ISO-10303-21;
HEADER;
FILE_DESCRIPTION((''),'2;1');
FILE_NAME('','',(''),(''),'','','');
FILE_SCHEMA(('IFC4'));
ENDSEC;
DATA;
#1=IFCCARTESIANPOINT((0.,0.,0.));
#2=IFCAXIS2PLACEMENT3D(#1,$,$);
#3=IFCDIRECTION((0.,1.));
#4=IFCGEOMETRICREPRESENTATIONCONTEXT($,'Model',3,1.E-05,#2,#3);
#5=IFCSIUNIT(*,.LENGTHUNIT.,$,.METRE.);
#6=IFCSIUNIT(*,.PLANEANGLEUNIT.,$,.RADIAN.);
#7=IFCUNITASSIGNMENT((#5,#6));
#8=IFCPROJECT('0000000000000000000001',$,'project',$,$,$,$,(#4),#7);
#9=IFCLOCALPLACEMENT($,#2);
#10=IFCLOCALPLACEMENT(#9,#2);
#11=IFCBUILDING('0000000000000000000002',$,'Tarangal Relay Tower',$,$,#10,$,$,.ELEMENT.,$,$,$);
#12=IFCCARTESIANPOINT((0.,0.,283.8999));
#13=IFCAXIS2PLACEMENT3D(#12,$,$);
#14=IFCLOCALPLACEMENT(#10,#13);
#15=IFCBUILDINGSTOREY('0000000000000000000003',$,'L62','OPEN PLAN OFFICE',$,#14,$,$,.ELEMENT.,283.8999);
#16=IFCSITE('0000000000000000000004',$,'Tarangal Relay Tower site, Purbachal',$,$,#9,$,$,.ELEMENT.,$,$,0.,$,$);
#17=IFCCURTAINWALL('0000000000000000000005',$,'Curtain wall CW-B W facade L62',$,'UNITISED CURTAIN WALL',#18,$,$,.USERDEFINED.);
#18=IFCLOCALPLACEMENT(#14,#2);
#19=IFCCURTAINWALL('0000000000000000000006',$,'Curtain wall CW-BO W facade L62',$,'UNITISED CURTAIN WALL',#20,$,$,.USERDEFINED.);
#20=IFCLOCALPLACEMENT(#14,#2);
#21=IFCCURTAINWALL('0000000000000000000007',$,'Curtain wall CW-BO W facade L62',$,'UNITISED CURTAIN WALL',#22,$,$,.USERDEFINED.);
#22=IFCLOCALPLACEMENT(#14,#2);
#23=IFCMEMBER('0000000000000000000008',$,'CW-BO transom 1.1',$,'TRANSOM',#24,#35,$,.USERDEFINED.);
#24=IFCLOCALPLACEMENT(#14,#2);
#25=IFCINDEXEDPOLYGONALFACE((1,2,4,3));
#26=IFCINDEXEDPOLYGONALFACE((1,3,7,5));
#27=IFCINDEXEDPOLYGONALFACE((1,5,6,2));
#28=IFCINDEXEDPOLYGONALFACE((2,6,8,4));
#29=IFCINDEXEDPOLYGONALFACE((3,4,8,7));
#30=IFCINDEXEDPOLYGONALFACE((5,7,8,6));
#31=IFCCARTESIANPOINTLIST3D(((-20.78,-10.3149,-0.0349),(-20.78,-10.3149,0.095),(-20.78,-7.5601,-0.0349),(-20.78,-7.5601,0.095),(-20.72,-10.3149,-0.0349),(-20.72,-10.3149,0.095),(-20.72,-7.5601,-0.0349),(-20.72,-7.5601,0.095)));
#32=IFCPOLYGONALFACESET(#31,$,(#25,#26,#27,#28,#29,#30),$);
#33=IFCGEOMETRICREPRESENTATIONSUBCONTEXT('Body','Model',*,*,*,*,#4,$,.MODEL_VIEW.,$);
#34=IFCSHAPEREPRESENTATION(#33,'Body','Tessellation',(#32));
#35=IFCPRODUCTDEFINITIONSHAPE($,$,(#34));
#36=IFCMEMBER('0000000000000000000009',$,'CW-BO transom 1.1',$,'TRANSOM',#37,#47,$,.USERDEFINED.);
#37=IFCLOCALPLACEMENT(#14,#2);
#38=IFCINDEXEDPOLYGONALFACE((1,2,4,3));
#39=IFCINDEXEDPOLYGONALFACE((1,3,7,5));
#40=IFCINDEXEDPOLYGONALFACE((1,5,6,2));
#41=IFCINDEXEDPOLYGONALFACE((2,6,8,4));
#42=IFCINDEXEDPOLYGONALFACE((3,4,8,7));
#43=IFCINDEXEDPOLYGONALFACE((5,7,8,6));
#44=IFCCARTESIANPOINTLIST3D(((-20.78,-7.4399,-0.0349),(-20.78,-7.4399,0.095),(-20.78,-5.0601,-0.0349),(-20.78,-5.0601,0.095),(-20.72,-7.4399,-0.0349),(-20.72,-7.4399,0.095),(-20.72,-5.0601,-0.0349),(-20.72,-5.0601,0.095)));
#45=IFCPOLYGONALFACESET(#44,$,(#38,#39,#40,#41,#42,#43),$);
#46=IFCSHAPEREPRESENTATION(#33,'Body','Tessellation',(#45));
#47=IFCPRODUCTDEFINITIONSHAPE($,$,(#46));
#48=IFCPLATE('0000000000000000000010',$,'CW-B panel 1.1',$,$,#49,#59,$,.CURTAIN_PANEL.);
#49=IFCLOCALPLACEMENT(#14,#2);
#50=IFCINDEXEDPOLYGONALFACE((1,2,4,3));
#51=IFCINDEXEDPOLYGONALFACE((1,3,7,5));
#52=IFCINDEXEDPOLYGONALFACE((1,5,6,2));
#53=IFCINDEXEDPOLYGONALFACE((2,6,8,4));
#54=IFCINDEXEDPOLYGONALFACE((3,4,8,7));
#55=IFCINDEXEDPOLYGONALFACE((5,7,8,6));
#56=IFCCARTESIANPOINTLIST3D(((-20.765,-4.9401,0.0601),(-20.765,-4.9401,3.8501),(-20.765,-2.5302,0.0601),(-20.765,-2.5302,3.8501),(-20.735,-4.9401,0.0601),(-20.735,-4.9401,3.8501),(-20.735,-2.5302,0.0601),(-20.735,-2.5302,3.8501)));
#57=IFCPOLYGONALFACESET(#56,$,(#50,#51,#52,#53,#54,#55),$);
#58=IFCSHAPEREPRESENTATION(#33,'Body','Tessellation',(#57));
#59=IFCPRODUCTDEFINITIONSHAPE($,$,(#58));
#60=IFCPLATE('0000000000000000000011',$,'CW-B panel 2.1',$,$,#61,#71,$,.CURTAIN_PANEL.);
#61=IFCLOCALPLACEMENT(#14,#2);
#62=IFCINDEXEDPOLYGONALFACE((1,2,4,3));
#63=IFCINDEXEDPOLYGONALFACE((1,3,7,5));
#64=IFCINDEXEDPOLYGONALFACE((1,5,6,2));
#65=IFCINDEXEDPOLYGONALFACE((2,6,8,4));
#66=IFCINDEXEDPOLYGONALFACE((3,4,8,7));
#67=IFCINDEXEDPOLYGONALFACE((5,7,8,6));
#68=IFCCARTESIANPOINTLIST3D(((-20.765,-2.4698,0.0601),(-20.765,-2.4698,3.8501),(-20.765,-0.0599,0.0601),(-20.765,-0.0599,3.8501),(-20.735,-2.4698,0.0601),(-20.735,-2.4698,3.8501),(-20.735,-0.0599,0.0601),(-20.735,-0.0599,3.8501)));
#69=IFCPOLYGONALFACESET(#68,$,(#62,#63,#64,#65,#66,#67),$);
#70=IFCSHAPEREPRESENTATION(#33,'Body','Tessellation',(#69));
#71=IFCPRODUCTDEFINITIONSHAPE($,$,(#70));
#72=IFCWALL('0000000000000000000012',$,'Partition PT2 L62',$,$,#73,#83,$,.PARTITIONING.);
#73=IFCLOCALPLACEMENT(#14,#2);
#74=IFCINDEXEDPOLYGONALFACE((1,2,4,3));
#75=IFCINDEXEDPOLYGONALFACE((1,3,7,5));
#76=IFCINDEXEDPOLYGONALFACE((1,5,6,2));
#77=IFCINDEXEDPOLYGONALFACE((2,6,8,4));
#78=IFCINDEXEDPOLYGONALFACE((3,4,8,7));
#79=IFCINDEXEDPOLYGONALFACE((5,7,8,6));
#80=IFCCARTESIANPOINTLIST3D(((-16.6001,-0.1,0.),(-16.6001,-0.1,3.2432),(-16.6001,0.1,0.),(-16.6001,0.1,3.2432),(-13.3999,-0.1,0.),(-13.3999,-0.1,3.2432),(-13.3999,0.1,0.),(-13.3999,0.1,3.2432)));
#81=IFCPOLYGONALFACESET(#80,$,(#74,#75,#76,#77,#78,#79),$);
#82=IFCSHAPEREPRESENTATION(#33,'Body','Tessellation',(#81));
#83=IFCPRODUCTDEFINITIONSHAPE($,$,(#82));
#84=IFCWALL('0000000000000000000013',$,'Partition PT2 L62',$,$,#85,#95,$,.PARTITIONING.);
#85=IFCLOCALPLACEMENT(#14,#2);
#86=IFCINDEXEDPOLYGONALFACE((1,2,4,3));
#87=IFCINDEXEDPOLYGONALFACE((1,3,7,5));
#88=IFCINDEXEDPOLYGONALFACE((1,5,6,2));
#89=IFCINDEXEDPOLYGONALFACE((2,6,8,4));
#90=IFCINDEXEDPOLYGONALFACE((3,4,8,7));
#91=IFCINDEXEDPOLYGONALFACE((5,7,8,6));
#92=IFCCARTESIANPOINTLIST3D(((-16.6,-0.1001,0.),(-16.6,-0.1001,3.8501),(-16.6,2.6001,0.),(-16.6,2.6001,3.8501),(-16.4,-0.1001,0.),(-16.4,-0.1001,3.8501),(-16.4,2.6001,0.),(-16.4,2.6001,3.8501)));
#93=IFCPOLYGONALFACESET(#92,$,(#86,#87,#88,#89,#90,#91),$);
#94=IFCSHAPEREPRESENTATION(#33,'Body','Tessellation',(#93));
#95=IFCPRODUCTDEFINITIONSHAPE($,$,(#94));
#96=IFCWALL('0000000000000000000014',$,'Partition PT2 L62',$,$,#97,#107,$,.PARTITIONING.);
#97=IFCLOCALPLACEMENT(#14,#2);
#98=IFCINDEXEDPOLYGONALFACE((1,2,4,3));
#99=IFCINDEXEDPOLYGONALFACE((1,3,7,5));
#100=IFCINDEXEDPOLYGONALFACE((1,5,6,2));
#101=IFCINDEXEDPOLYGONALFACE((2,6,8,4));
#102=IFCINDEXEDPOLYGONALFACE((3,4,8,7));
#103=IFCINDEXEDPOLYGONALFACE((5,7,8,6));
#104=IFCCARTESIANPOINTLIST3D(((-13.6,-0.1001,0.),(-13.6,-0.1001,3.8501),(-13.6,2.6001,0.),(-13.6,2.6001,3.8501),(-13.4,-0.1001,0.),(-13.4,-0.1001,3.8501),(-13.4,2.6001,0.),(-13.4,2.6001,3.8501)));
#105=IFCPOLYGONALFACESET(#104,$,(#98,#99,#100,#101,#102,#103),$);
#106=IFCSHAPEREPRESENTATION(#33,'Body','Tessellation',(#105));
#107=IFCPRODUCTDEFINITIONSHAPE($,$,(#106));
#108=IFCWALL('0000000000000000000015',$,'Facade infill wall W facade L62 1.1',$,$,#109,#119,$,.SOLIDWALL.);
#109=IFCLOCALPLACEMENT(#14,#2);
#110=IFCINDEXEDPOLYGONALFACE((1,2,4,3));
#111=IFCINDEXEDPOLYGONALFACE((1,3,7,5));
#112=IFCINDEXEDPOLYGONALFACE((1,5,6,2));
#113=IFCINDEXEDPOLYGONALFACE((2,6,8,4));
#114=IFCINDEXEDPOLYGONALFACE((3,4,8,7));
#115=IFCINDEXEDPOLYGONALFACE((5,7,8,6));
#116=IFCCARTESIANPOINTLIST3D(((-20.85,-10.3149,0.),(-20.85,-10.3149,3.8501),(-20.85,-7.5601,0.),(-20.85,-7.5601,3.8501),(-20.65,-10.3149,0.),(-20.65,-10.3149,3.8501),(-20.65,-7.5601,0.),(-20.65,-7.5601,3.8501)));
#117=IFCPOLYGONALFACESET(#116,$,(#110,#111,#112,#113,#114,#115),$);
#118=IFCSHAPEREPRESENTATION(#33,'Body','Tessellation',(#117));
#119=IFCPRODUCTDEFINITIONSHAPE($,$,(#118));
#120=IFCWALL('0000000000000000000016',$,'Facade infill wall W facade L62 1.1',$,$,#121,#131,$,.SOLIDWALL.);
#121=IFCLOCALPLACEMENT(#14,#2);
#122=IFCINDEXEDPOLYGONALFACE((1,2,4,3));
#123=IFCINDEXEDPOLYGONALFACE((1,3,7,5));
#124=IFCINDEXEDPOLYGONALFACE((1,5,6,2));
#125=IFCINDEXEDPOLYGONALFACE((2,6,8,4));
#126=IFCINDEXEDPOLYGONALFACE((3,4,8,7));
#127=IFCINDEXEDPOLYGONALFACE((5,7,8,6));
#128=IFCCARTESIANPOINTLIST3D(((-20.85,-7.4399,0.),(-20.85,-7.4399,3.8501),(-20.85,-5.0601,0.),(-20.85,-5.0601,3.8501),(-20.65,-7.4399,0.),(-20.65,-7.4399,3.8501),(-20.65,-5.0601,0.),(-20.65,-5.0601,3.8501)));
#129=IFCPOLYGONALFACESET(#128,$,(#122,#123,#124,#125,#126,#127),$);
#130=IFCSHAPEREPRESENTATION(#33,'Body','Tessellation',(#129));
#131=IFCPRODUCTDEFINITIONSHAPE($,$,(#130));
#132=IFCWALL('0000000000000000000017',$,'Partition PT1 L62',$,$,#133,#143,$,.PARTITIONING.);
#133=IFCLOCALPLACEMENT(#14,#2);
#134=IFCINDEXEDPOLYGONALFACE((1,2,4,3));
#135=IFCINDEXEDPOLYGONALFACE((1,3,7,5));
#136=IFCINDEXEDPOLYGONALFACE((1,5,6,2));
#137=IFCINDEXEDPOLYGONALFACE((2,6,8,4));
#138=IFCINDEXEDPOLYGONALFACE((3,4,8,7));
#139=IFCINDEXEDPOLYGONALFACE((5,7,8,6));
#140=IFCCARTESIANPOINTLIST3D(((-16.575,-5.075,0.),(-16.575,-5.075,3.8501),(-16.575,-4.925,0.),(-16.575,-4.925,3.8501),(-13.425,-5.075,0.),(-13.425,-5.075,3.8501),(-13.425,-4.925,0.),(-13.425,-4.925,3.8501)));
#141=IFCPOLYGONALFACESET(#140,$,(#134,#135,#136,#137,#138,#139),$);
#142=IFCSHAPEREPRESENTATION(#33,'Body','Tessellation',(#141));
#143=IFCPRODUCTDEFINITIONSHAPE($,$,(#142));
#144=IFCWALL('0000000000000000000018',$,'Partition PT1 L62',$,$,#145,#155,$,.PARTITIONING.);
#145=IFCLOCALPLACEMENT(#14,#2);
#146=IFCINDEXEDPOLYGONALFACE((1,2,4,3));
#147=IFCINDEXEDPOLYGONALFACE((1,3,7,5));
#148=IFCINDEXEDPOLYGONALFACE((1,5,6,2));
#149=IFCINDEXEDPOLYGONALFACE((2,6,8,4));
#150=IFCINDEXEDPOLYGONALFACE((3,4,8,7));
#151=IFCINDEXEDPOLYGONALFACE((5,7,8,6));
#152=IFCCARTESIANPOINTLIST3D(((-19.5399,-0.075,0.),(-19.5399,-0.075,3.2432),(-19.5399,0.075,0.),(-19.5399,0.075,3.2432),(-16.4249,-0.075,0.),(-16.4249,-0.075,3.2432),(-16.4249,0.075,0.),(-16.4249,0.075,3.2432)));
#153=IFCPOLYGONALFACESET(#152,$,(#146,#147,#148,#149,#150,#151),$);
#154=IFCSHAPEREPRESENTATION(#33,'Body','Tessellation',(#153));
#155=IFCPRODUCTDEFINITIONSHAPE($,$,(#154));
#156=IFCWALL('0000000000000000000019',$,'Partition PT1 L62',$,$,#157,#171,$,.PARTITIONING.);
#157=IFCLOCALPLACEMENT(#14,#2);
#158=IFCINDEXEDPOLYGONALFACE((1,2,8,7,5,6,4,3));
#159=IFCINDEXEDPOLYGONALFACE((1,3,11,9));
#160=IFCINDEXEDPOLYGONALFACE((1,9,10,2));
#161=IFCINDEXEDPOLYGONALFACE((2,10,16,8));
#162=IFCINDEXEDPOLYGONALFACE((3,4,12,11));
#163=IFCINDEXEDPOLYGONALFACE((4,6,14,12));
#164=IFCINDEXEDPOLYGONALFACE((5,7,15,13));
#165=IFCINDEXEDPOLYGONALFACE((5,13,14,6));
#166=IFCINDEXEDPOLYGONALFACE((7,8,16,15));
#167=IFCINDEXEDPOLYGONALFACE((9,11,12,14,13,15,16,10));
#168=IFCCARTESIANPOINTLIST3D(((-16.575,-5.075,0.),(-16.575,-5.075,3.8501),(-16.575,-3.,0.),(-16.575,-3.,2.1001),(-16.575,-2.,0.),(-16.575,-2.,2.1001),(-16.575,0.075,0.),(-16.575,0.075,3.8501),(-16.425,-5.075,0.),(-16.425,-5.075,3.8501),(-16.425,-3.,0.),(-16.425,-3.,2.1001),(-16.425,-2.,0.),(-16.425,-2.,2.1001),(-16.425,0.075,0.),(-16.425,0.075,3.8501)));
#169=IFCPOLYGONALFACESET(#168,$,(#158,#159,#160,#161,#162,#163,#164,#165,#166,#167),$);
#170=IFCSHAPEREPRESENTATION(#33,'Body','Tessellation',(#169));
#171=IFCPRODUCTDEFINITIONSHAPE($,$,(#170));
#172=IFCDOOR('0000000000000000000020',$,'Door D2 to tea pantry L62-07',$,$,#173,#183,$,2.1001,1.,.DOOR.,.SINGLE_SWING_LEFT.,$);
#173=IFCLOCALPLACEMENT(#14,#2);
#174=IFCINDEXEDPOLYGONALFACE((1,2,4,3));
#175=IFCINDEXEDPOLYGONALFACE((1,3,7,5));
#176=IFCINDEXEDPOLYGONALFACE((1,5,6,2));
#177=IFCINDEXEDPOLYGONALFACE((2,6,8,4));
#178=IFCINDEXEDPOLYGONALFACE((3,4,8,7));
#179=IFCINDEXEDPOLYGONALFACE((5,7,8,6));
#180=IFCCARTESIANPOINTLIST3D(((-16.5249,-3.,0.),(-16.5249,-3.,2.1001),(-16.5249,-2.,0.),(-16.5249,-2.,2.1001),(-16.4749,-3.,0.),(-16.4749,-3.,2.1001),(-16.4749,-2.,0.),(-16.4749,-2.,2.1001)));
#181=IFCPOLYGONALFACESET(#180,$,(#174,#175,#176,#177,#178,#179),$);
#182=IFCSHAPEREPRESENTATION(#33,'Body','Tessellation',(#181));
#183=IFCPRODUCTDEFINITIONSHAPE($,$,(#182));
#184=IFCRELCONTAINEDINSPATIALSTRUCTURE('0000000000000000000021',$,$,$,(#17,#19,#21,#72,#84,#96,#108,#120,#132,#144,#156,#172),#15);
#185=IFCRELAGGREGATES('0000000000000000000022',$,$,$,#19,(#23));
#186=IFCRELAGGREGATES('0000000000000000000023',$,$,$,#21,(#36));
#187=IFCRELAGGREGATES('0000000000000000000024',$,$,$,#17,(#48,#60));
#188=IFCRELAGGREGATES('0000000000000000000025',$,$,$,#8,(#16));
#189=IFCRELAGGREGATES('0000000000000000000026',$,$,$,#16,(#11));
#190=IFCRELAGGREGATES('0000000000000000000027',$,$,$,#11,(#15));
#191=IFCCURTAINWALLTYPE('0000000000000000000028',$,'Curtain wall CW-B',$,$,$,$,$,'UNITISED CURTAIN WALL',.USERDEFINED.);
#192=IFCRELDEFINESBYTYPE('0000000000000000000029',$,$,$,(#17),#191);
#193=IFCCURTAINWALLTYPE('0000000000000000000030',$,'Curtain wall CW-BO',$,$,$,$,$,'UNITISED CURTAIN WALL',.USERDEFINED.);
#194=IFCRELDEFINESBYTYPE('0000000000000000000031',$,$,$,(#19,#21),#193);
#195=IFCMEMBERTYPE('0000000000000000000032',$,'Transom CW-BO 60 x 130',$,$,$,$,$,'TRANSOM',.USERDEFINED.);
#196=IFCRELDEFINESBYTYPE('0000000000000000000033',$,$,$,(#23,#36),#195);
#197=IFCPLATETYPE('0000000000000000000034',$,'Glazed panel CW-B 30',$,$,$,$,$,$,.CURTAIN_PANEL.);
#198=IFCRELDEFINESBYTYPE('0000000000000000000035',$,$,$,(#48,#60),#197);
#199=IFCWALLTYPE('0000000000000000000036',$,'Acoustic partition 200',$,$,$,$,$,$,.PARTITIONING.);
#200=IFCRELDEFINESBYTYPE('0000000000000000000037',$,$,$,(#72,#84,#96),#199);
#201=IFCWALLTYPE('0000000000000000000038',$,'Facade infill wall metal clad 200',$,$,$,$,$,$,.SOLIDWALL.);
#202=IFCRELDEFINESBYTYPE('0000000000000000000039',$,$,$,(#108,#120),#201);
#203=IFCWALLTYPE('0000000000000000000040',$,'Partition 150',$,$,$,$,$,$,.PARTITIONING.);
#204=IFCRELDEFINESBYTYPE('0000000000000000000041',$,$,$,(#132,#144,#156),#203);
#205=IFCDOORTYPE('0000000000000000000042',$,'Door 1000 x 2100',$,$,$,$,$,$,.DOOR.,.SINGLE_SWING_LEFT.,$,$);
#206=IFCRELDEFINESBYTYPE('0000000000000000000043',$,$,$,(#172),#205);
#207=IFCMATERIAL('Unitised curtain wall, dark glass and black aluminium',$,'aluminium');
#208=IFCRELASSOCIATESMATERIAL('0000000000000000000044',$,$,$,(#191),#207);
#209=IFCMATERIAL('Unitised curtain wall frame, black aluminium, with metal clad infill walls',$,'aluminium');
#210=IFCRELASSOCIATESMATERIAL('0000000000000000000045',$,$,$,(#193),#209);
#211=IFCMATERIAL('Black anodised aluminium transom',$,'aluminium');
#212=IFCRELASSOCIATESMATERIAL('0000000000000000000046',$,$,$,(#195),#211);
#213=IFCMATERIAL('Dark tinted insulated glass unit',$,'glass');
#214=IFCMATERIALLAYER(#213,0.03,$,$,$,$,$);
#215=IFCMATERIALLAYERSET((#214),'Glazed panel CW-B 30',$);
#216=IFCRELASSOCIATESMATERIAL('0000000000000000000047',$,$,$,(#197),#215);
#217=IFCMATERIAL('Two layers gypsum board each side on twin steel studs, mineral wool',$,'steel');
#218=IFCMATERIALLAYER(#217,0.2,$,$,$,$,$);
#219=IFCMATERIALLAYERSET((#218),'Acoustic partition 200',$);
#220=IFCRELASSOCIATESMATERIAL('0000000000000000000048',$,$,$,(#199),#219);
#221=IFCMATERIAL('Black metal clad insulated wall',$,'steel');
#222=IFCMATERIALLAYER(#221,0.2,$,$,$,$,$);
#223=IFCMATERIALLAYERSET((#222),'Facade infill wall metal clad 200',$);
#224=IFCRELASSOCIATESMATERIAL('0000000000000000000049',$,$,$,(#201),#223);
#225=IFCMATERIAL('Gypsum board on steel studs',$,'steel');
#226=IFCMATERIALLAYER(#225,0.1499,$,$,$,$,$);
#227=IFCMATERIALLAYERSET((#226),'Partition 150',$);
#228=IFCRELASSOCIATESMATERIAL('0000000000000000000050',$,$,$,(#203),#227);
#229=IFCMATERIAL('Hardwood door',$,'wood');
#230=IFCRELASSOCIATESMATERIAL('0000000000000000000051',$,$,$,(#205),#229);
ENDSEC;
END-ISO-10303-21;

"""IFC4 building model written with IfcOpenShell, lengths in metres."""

from ifc_helpers import new_model, si_unit, direction, frame, frame_2d, origin, origin_2d, place, context, subcontext, project, spatial, rectangle, extrude, material, layer, layer_set, material_profile, profile_set, type_object, element, fill, aggregate, save


model = new_model("IFC4")

# Units and contexts
model_context = context("Model", 3, precision=1e-05, world=origin(), true_north=direction((0.0, 1.0)))
body_context = subcontext(model_context, "Body", "Model", "MODEL_VIEW")
ifc_project = project(units=[si_unit("LENGTHUNIT", "METRE"), si_unit("PLANEANGLEUNIT", "RADIAN")], contexts=[model_context])

# Site, building, storey
site_placement = place(None, origin())
site = spatial("IfcSite", under=ifc_project, at=site_placement, Name="Tarangal Relay Tower site, Purbachal", CompositionType="ELEMENT", RefElevation=0.0)
building_placement = place(site_placement, origin())
building = spatial("IfcBuilding", under=site, at=building_placement, Name="Tarangal Relay Tower", CompositionType="ELEMENT")
storey_placement = place(building_placement, frame((0.0, 0.0, 283.8999)))
storey = spatial("IfcBuildingStorey", under=building, at=storey_placement, Name="L62", Description="OPEN PLAN OFFICE", CompositionType="ELEMENT", Elevation=283.8999)

# Curtain wall
ifc_material_1 = material(Name="Unitised curtain wall, dark glass and black aluminium", Category="aluminium")
curtain_wall_type_1 = type_object("IfcCurtainWallType", Name="Curtain wall CW-B", ElementType="UNITISED CURTAIN WALL", PredefinedType="USERDEFINED", material=ifc_material_1)
curtain_wall_1_placement = place(storey_placement, origin())
curtain_wall_1 = element("IfcCurtainWall", 1, at=curtain_wall_1_placement, inside=storey, type_object=curtain_wall_type_1, Name="Curtain wall CW-B W facade L62", ObjectType="UNITISED CURTAIN WALL", PredefinedType="USERDEFINED")

# Curtain wall
ifc_material_2 = material(Name="Unitised curtain wall frame, black aluminium, with metal clad infill walls", Category="aluminium")
curtain_wall_type_2 = type_object("IfcCurtainWallType", Name="Curtain wall CW-BO", ElementType="UNITISED CURTAIN WALL", PredefinedType="USERDEFINED", material=ifc_material_2)
curtain_wall_2_placement = place(storey_placement, origin())
curtain_wall_2 = element("IfcCurtainWall", 2, at=curtain_wall_2_placement, inside=storey, type_object=curtain_wall_type_2, Name="Curtain wall CW-BO W facade L62", ObjectType="UNITISED CURTAIN WALL", PredefinedType="USERDEFINED")

# Curtain wall
curtain_wall_3_placement = place(storey_placement, origin())
curtain_wall_3 = element("IfcCurtainWall", 3, at=curtain_wall_3_placement, inside=storey, type_object=curtain_wall_type_2, Name="Curtain wall CW-BO W facade L62", ObjectType="UNITISED CURTAIN WALL", PredefinedType="USERDEFINED")

# Members
ifc_material_3 = material(Name="Black anodised aluminium transom", Category="aluminium")
ifc_material_profile_1 = material_profile(ifc_material_3, rectangle(XDim=0.0601, YDim=0.1299, at=origin_2d()), Name="CW-BOT 60X130")
ifc_profile_set_1 = profile_set([ifc_material_profile_1], Name="Black anodised aluminium transom")
member_type_1 = type_object("IfcMemberType", Name="Transom CW-BO 60 x 130", ElementType="TRANSOM", PredefinedType="USERDEFINED", material=ifc_profile_set_1)
member_1_placement = place(storey_placement, frame((-20.75, -10.3149, 0.03), z_axis=(0.0, 1.0, 0.0), x_axis=(-1.0, 0.0, 0.0)))
member_1 = element("IfcMember", 4, at=member_1_placement, type_object=member_type_1, Name="CW-BO transom 1.1", ObjectType="TRANSOM", PredefinedType="USERDEFINED", context=body_context, shape_type="SweptSolid", body=[
    extrude(rectangle(XDim=0.0601, YDim=0.1299, at=origin_2d()), origin(), (0.0, 0.0, 1.0), 2.7549),
])
aggregate(curtain_wall_2, [member_1])
member_2_placement = place(storey_placement, frame((-20.75, -7.4399, 0.03), z_axis=(0.0, 1.0, 0.0), x_axis=(-1.0, 0.0, 0.0)))
member_2 = element("IfcMember", 5, at=member_2_placement, type_object=member_type_1, Name="CW-BO transom 1.1", ObjectType="TRANSOM", PredefinedType="USERDEFINED", context=body_context, shape_type="SweptSolid", body=[
    extrude(rectangle(XDim=0.0601, YDim=0.1299, at=origin_2d()), origin(), (0.0, 0.0, 1.0), 2.3799),
])
aggregate(curtain_wall_3, [member_2])

# Plates
ifc_material_4 = material(Name="Dark tinted insulated glass unit", Category="glass")
ifc_layer_1 = layer(ifc_material_4, 0.03)
ifc_layer_set_1 = layer_set([ifc_layer_1], Name="Glazed panel CW-B 30")
plate_type = type_object("IfcPlateType", Name="Glazed panel CW-B 30", PredefinedType="CURTAIN_PANEL", material=ifc_layer_set_1)
plate_1_placement = place(storey_placement, frame((-20.75, -3.7351, 0.0601), z_axis=(0.0, 0.0, 1.0), x_axis=(0.0, 1.0, 0.0)))
plate_1 = element("IfcPlate", 6, at=plate_1_placement, type_object=plate_type, Name="CW-B panel 1.1", PredefinedType="CURTAIN_PANEL", context=body_context, shape_type="SweptSolid", body=[
    extrude(rectangle(XDim=2.4099, YDim=0.03, at=origin_2d()), origin(), (0.0, 0.0, 1.0), 3.79),
])
plate_2_placement = place(storey_placement, frame((-20.75, -1.2649, 0.0601), z_axis=(0.0, 0.0, 1.0), x_axis=(0.0, 1.0, 0.0)))
plate_2 = element("IfcPlate", 7, at=plate_2_placement, type_object=plate_type, Name="CW-B panel 2.1", PredefinedType="CURTAIN_PANEL", context=body_context, shape_type="SweptSolid", body=[
    extrude(rectangle(XDim=2.4099, YDim=0.03, at=origin_2d()), origin(), (0.0, 0.0, 1.0), 3.79),
])
aggregate(curtain_wall_1, [plate_1, plate_2])

# Walls
ifc_material_5 = material(Name="Two layers gypsum board each side on twin steel studs, mineral wool", Category="steel")
ifc_layer_2 = layer(ifc_material_5, 0.2)
ifc_layer_set_2 = layer_set([ifc_layer_2], Name="Acoustic partition 200")
wall_type_1 = type_object("IfcWallType", Name="Acoustic partition 200", PredefinedType="PARTITIONING", material=ifc_layer_set_2)
wall_1_placement = place(storey_placement, frame((-16.6001, 0.0, 0.0), z_axis=(0.0, 0.0, 1.0), x_axis=(1.0, 0.0, 0.0)))
element("IfcWall", 8, at=wall_1_placement, inside=storey, type_object=wall_type_1, Name="Partition PT2 L62", PredefinedType="PARTITIONING", context=body_context, shape_type="SweptSolid", body=[
    extrude(rectangle(XDim=3.2002, YDim=0.2, at=frame_2d((1.6001, 0.0))), origin(), (0.0, 0.0, 1.0), 3.2432),
])
for number, where, z_axis, x_axis, name in (
    (9, (-16.5, -0.1001, 0.0), (0.0, 0.0, 1.0), (0.0, 1.0, 0.0), "Partition PT2 L62"),
    (10, (-13.5, -0.1001, 0.0), (0.0, 0.0, 1.0), (0.0, 1.0, 0.0), "Partition PT2 L62"),
):
    element("IfcWall", number, at=place(storey_placement, frame(where, z_axis=z_axis, x_axis=x_axis)), inside=storey, type_object=wall_type_1, Name=name, PredefinedType="PARTITIONING", context=body_context, shape_type="SweptSolid", body=[
        extrude(rectangle(XDim=2.7002, YDim=0.2, at=frame_2d((1.3501, 0.0))), origin(), (0.0, 0.0, 1.0), 3.8501),
    ])
ifc_material_6 = material(Name="Black metal clad insulated wall", Category="steel")
ifc_layer_3 = layer(ifc_material_6, 0.2)
ifc_layer_set_3 = layer_set([ifc_layer_3], Name="Facade infill wall metal clad 200")
wall_type_2 = type_object("IfcWallType", Name="Facade infill wall metal clad 200", PredefinedType="SOLIDWALL", material=ifc_layer_set_3)
wall_2_placement = place(storey_placement, frame((-20.75, -10.3149, 0.0), z_axis=(0.0, 0.0, 1.0), x_axis=(0.0, 1.0, 0.0)))
element("IfcWall", 11, at=wall_2_placement, inside=storey, type_object=wall_type_2, Name="Facade infill wall W facade L62 1.1", PredefinedType="SOLIDWALL", context=body_context, shape_type="SweptSolid", body=[
    extrude(rectangle(XDim=2.7549, YDim=0.2, at=frame_2d((1.3774, 0.0))), origin(), (0.0, 0.0, 1.0), 3.8501),
])
wall_3_placement = place(storey_placement, frame((-20.75, -7.4399, 0.0), z_axis=(0.0, 0.0, 1.0), x_axis=(0.0, 1.0, 0.0)))
element("IfcWall", 12, at=wall_3_placement, inside=storey, type_object=wall_type_2, Name="Facade infill wall W facade L62 1.1", PredefinedType="SOLIDWALL", context=body_context, shape_type="SweptSolid", body=[
    extrude(rectangle(XDim=2.3799, YDim=0.2, at=frame_2d((1.1899, 0.0))), origin(), (0.0, 0.0, 1.0), 3.8501),
])
ifc_material_7 = material(Name="Gypsum board on steel studs", Category="steel")
ifc_layer_4 = layer(ifc_material_7, 0.1499)
ifc_layer_set_4 = layer_set([ifc_layer_4], Name="Partition 150")
wall_type_3 = type_object("IfcWallType", Name="Partition 150", PredefinedType="PARTITIONING", material=ifc_layer_set_4)
wall_4_placement = place(storey_placement, frame((-16.575, -5.0, 0.0), z_axis=(0.0, 0.0, 1.0), x_axis=(1.0, 0.0, 0.0)))
element("IfcWall", 13, at=wall_4_placement, inside=storey, type_object=wall_type_3, Name="Partition PT1 L62", PredefinedType="PARTITIONING", context=body_context, shape_type="SweptSolid", body=[
    extrude(rectangle(XDim=3.1499, YDim=0.1499, at=frame_2d((1.575, 0.0))), origin(), (0.0, 0.0, 1.0), 3.8501),
])
wall_5_placement = place(storey_placement, frame((-19.54, 0.0, 0.0), z_axis=(0.0, 0.0, 1.0), x_axis=(1.0, 0.0, 0.0)))
element("IfcWall", 14, at=wall_5_placement, inside=storey, type_object=wall_type_3, Name="Partition PT1 L62", PredefinedType="PARTITIONING", context=body_context, shape_type="SweptSolid", body=[
    extrude(rectangle(XDim=3.115, YDim=0.1499, at=frame_2d((1.5576, 0.0))), origin(), (0.0, 0.0, 1.0), 3.2432),
])

# Wall, opening, door
wall_6_placement = place(storey_placement, frame((-16.5, -5.075, 0.0), z_axis=(0.0, 0.0, 1.0), x_axis=(0.0, 1.0, 0.0)))
wall_6 = element("IfcWall", 15, at=wall_6_placement, inside=storey, type_object=wall_type_3, Name="Partition PT1 L62", PredefinedType="PARTITIONING", context=body_context, shape_type="SweptSolid", body=[
    extrude(rectangle(XDim=5.1499, YDim=0.1499, at=frame_2d((2.575, 0.0))), origin(), (0.0, 0.0, 1.0), 3.8501),
])
opening_placement = place(wall_6_placement, frame((2.075, 0.0, 0.0)))
opening = element("IfcOpeningElement", 16, at=opening_placement, cuts=wall_6, PredefinedType="OPENING", context=body_context, shape_type="SweptSolid", body=[
    extrude(rectangle(XDim=1.0, YDim=2.1001, at=frame_2d((0.5, 1.05))), frame((0.0, 0.085, 0.0), z_axis=(0.0, -1.0, 0.0), x_axis=(1.0, 0.0, 0.0)), (0.0, 0.0, 1.0), 0.1699),
])
ifc_material_8 = material(Name="Hardwood door", Category="wood")
door_type = type_object("IfcDoorType", Name="Door 1000 x 2100", OperationType="SINGLE_SWING_LEFT", PredefinedType="DOOR", material=ifc_material_8)
door_placement = place(opening_placement, origin())
door = element("IfcDoor", 17, at=door_placement, inside=storey, type_object=door_type, Name="Door D2 to tea pantry L62-07", OperationType="SINGLE_SWING_LEFT", OverallHeight=2.1001, OverallWidth=1.0, PredefinedType="DOOR", context=body_context, shape_type="SweptSolid", body=[
    extrude(rectangle(XDim=1.0, YDim=2.1001, at=frame_2d((0.5, 1.05))), frame((0.0, 0.0249, 0.0), z_axis=(0.0, -1.0, 0.0), x_axis=(1.0, 0.0, 0.0)), (0.0, 0.0, 1.0), 0.05),
])
fill(opening, door)

save(model, "model.ifc")
